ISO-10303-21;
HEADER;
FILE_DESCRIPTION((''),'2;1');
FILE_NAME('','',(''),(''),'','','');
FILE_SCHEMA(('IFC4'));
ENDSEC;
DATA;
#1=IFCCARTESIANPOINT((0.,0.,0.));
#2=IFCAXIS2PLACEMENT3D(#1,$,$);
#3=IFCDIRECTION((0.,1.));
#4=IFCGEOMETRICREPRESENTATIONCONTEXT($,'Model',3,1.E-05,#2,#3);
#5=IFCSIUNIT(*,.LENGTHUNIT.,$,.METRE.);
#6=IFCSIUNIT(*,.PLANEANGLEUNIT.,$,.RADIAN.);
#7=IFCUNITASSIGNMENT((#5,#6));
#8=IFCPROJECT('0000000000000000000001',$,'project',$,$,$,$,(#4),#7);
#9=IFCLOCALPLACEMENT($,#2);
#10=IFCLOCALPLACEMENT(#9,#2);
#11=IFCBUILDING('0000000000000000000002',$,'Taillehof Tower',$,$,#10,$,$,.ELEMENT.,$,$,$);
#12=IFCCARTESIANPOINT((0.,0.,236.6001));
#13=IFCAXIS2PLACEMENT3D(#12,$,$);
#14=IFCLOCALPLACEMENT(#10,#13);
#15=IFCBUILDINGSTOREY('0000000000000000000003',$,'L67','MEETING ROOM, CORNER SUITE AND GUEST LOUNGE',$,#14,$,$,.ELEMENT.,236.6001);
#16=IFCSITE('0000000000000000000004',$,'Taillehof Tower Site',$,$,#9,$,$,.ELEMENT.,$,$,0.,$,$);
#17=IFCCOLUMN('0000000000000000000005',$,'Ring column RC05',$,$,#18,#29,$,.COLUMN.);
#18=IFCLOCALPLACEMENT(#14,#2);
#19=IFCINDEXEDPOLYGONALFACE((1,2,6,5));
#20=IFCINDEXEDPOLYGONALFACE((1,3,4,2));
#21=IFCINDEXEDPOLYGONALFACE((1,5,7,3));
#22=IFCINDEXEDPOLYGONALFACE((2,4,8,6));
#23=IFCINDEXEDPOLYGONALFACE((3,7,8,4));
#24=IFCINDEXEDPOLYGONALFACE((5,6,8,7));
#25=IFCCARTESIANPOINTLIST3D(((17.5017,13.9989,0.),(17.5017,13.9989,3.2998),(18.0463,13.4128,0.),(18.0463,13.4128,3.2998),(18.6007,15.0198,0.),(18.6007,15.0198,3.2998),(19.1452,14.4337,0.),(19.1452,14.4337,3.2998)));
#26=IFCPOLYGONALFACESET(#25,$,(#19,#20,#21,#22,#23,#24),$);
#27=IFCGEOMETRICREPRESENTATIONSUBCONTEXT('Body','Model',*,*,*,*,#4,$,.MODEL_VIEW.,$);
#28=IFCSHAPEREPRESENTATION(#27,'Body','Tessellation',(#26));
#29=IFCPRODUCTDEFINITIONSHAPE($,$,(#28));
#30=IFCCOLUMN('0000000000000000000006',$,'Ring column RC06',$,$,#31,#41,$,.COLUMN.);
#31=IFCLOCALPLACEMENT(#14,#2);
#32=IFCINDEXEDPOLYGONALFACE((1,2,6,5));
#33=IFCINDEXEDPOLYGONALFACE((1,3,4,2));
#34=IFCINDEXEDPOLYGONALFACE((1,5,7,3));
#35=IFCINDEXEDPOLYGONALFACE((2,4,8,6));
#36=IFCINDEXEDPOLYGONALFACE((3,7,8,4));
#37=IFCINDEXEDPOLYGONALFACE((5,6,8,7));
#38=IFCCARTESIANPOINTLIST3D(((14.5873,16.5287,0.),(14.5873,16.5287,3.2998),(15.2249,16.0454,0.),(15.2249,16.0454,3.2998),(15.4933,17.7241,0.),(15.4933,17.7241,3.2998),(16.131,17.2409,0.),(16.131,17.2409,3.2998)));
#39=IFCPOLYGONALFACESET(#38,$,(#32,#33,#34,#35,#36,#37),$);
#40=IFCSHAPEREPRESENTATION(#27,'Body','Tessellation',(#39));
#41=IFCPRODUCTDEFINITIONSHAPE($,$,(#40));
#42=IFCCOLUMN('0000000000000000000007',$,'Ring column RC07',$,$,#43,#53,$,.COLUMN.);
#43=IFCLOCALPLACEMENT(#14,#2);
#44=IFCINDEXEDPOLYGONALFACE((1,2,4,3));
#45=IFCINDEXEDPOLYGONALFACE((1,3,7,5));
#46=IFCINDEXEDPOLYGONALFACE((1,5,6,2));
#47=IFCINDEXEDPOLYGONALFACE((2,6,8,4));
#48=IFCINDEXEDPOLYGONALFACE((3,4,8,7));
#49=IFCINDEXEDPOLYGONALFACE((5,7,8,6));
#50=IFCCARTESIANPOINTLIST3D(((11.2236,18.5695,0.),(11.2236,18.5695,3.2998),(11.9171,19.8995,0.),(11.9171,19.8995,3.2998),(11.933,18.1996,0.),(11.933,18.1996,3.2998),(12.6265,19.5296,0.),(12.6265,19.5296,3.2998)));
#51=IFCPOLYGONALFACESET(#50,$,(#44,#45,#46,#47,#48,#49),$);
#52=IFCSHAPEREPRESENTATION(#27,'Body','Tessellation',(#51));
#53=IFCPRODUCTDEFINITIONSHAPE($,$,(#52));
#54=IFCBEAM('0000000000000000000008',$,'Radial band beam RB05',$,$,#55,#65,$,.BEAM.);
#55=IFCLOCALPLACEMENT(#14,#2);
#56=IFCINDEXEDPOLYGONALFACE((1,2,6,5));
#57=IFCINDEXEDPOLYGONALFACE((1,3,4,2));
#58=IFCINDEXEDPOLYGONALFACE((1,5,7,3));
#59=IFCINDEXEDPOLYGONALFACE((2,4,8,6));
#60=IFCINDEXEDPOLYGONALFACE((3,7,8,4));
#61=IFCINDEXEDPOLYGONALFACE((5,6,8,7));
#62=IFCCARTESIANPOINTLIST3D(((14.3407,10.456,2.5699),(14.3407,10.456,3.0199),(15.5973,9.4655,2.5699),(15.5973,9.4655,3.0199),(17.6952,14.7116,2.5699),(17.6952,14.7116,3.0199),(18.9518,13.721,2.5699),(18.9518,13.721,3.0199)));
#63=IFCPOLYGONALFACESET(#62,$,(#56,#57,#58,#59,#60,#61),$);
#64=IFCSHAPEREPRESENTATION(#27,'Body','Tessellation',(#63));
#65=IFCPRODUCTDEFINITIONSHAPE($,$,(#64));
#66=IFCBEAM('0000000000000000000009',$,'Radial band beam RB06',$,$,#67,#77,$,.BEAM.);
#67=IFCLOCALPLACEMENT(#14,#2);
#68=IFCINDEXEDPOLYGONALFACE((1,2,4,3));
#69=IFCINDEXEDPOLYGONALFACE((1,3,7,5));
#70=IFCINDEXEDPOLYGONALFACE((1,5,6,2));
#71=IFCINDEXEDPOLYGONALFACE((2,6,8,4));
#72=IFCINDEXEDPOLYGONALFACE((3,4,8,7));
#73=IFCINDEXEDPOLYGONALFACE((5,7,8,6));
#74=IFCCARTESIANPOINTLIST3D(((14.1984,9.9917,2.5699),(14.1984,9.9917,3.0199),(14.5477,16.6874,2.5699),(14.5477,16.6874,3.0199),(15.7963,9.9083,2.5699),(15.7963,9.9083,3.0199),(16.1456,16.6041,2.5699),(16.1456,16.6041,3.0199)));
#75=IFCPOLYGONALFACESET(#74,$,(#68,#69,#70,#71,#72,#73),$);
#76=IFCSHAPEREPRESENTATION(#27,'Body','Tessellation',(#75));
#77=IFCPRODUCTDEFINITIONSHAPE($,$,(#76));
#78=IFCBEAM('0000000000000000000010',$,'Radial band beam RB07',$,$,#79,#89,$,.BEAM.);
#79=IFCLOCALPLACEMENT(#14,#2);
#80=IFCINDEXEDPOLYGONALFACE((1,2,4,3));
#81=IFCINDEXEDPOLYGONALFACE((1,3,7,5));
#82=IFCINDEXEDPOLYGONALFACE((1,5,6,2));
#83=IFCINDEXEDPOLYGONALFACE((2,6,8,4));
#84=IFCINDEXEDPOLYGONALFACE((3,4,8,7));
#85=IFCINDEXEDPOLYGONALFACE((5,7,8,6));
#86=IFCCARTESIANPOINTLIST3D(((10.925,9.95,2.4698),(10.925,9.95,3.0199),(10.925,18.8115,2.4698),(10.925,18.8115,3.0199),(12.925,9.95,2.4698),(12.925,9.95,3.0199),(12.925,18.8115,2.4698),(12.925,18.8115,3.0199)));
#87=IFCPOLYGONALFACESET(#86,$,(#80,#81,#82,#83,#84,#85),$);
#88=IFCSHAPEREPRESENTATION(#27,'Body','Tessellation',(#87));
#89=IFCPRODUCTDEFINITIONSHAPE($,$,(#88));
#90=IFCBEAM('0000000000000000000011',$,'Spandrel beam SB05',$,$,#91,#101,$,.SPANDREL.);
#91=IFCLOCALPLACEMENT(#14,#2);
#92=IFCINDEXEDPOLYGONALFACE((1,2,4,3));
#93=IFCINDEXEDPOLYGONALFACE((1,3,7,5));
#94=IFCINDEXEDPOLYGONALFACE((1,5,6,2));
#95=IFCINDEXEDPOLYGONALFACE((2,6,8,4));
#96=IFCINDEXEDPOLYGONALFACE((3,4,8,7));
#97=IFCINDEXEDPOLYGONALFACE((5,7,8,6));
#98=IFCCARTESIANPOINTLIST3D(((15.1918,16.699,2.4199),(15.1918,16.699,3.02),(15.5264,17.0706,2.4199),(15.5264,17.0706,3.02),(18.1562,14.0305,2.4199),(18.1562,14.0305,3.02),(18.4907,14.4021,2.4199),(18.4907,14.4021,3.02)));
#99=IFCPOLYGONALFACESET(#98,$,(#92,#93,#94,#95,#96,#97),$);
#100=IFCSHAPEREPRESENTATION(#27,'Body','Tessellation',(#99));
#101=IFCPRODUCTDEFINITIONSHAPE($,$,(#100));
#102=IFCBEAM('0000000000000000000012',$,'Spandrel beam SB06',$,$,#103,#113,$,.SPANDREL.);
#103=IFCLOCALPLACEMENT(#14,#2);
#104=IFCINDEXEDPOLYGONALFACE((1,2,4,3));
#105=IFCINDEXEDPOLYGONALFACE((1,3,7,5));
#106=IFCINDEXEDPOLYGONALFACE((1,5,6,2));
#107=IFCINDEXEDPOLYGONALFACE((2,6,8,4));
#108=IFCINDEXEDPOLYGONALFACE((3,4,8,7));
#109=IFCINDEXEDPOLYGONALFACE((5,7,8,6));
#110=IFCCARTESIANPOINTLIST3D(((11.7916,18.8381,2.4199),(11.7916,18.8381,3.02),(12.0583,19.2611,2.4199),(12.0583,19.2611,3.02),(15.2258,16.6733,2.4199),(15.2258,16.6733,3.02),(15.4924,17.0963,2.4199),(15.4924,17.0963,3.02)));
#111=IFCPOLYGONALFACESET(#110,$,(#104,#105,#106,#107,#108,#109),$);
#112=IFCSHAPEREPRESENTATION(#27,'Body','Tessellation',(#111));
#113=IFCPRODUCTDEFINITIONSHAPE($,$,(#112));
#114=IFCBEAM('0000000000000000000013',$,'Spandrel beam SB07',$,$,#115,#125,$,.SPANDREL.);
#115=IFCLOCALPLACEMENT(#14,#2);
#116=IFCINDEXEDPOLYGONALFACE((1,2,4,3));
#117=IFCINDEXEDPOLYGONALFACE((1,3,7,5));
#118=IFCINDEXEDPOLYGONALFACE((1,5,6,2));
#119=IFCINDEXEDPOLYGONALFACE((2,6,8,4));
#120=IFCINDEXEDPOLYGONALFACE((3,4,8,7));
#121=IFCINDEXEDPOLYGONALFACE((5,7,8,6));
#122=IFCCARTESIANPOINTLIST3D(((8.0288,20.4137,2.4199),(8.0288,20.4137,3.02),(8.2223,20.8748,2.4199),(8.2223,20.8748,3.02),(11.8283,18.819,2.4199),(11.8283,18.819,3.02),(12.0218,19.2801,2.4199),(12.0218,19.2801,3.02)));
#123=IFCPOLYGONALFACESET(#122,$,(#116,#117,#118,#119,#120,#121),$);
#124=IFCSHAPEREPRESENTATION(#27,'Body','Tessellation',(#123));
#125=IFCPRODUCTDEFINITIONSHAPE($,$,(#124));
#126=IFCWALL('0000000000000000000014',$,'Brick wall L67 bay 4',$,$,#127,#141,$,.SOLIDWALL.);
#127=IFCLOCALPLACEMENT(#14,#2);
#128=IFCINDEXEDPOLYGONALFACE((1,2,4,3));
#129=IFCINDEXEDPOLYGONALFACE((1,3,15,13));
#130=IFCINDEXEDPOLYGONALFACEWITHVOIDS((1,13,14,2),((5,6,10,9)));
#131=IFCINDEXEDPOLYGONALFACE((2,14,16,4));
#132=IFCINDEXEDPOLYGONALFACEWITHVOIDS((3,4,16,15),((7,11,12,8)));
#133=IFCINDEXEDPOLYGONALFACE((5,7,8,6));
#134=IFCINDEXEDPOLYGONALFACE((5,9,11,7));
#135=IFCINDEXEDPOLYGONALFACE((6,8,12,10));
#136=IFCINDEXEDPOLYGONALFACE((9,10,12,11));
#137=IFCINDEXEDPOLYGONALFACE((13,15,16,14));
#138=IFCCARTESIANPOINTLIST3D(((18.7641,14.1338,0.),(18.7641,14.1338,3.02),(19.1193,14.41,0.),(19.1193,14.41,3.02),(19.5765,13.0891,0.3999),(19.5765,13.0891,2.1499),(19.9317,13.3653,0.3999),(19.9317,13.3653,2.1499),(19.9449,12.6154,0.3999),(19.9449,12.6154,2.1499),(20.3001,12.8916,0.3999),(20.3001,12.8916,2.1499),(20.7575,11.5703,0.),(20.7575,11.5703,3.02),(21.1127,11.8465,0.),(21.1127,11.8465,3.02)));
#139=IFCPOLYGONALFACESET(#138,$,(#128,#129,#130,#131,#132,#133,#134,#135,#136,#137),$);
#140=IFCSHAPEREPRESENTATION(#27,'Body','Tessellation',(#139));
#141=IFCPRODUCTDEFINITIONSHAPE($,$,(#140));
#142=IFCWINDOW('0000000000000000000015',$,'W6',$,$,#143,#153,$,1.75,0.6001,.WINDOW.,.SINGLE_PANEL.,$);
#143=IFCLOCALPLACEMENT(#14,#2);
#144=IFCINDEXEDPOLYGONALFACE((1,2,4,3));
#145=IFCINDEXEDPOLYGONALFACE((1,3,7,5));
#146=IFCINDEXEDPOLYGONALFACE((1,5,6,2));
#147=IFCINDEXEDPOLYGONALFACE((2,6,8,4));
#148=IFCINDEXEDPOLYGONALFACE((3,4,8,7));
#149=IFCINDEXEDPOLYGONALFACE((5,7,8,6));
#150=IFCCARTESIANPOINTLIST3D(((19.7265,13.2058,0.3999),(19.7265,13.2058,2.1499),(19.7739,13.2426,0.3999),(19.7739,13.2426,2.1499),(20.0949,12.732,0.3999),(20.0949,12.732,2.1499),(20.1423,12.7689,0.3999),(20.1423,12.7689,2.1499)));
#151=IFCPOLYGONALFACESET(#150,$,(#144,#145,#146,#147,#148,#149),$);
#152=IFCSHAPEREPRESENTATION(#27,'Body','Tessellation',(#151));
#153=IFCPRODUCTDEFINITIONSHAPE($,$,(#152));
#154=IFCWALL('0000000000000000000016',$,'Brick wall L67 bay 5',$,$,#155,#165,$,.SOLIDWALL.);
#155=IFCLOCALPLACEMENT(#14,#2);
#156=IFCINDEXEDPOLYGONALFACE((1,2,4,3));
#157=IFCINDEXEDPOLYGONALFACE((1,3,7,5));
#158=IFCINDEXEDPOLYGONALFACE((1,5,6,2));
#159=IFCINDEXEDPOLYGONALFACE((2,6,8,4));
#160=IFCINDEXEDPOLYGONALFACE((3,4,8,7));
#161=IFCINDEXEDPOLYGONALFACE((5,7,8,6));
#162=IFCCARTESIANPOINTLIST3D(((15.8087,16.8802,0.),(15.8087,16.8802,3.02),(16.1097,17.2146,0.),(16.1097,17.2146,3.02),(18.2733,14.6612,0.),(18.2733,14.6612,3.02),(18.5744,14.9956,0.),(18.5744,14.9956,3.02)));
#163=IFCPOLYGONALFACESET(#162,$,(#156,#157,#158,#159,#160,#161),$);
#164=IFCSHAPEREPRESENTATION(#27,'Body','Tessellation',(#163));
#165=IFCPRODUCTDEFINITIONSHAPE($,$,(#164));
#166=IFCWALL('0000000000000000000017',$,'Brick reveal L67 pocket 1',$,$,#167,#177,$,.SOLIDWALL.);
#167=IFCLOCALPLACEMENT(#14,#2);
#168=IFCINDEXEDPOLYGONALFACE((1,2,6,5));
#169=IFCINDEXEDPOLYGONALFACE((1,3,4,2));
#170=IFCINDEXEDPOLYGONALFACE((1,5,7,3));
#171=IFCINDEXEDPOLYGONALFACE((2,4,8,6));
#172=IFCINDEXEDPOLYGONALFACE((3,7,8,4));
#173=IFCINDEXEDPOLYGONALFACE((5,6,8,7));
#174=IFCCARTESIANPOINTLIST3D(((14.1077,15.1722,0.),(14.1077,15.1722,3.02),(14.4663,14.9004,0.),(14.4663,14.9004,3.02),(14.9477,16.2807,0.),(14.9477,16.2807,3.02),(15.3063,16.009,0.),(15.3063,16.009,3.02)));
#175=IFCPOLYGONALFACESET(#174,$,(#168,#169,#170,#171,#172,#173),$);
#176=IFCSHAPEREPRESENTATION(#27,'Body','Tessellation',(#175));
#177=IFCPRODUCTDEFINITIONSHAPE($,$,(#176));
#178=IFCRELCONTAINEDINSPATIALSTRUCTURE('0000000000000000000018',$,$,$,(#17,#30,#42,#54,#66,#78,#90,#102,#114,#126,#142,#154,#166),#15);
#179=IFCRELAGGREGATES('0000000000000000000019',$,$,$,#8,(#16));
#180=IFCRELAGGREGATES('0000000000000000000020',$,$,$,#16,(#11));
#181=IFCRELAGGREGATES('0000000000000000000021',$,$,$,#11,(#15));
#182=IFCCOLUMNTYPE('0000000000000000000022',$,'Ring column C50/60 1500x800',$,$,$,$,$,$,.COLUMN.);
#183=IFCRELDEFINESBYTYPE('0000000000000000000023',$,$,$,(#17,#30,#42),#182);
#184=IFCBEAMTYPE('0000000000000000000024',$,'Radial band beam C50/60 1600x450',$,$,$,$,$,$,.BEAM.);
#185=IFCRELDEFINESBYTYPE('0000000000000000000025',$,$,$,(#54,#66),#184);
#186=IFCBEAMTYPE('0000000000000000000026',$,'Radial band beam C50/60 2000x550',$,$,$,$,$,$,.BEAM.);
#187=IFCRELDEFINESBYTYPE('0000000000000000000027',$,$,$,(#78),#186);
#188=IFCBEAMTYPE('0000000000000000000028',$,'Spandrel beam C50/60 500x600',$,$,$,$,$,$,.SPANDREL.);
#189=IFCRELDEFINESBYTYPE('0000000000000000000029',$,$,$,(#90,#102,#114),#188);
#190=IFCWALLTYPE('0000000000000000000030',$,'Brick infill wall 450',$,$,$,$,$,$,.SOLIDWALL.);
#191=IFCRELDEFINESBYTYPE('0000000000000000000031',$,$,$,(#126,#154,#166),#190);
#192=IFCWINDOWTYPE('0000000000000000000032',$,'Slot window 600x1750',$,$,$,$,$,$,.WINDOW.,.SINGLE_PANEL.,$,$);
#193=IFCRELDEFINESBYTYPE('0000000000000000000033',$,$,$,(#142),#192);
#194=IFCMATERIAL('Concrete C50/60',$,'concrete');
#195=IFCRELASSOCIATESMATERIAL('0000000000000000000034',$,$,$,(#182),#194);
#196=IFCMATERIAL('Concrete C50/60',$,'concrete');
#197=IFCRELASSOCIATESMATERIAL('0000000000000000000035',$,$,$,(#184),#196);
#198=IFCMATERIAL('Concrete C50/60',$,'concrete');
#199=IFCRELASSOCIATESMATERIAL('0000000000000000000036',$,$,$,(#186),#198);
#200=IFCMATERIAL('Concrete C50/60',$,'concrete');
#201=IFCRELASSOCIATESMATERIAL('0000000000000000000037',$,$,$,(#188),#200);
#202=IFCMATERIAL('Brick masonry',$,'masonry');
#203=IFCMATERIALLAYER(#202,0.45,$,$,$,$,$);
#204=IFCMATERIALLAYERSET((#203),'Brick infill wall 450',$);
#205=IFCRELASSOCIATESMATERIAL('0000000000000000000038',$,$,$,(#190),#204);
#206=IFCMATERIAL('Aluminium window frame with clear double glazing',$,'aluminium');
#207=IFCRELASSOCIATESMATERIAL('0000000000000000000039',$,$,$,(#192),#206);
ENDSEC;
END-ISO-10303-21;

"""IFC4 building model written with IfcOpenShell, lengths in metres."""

from ifc_helpers import new_model, si_unit, direction, frame, frame_2d, origin, origin_2d, place, context, subcontext, project, spatial, rectangle, extrude, material, layer, layer_set, material_profile, profile_set, type_object, element, fill, save


model = new_model("IFC4")

# Units and contexts
model_context = context("Model", 3, precision=1e-05, world=origin(), true_north=direction((0.0, 1.0)))
body_context = subcontext(model_context, "Body", "Model", "MODEL_VIEW")
ifc_project = project(units=[si_unit("LENGTHUNIT", "METRE"), si_unit("PLANEANGLEUNIT", "RADIAN")], contexts=[model_context])

# Site, building, storey
site_placement = place(None, origin())
site = spatial("IfcSite", under=ifc_project, at=site_placement, Name="Taillehof Tower Site", CompositionType="ELEMENT", RefElevation=0.0)
building_placement = place(site_placement, origin())
building = spatial("IfcBuilding", under=site, at=building_placement, Name="Taillehof Tower", CompositionType="ELEMENT")
storey_placement = place(building_placement, frame((0.0, 0.0, 236.6001)))
storey = spatial("IfcBuildingStorey", under=building, at=storey_placement, Name="L67", Description="MEETING ROOM, CORNER SUITE AND GUEST LOUNGE", CompositionType="ELEMENT", Elevation=236.6001)

# Columns
ifc_material_1 = material(Name="Concrete C50/60", Category="concrete")
ifc_material_profile_1 = material_profile(ifc_material_1, rectangle(XDim=1.5, YDim=0.8, at=origin_2d()), Name="RC 1500x800")
ifc_profile_set_1 = profile_set([ifc_material_profile_1], Name="Concrete C50/60")
column_type = type_object("IfcColumnType", Name="Ring column C50/60 1500x800", PredefinedType="COLUMN", material=ifc_profile_set_1)
for number, where, z_axis, x_axis, name in (
    (1, (18.3235, 14.2163, 0.0), (0.0, 0.0, 1.0), (0.732636, 0.680621, 0.0), "Ring column RC05"),
    (2, (15.3591, 16.8848, 0.0), (0.0, 0.0, 1.0), (0.60402, 0.796969, 0.0), "Ring column RC06"),
    (3, (11.925, 19.0496, 0.0), (0.0, 0.0, 1.0), (0.462384, 0.88668, 0.0), "Ring column RC07"),
):
    element("IfcColumn", number, at=place(storey_placement, frame(where, z_axis=z_axis, x_axis=x_axis)), inside=storey, type_object=column_type, Name=name, PredefinedType="COLUMN", context=body_context, shape_type="SweptSolid", body=[
        extrude(rectangle(XDim=1.5, YDim=0.8, at=origin_2d()), origin(), (0.0, 0.0, 1.0), 3.2998),
    ])

# Beams
ifc_material_2 = material(Name="Concrete C50/60", Category="concrete")
ifc_material_profile_2 = material_profile(ifc_material_2, rectangle(XDim=1.6001, YDim=0.45, at=origin_2d()), Name="RC 1600x450")
ifc_profile_set_2 = profile_set([ifc_material_profile_2], Name="Concrete C50/60")
beam_type_1 = type_object("IfcBeamType", Name="Radial band beam C50/60 1600x450", PredefinedType="BEAM", material=ifc_profile_set_2)
beam_1_placement = place(storey_placement, frame((18.3235, 14.2163, 2.7949), z_axis=(-0.619052, -0.78535, 0.0), x_axis=(0.78535, -0.619052, 0.0)))
element("IfcBeam", 4, at=beam_1_placement, inside=storey, type_object=beam_type_1, Name="Radial band beam RB05", PredefinedType="BEAM", context=body_context, shape_type="SweptSolid", body=[
    extrude(rectangle(XDim=1.6001, YDim=0.45, at=origin_2d()), origin(), (0.0, 0.0, 1.0), 5.4187),
])
beam_2_placement = place(storey_placement, frame((15.3467, 16.6458, 2.7949), z_axis=(-0.052106, -0.998642, 0.0), x_axis=(0.998642, -0.052106, 0.0)))
element("IfcBeam", 5, at=beam_2_placement, inside=storey, type_object=beam_type_1, Name="Radial band beam RB06", PredefinedType="BEAM", context=body_context, shape_type="SweptSolid", body=[
    extrude(rectangle(XDim=1.6001, YDim=0.45, at=origin_2d()), origin(), (0.0, 0.0, 1.0), 6.7048),
])
ifc_material_3 = material(Name="Concrete C50/60", Category="concrete")
ifc_material_profile_3 = material_profile(ifc_material_3, rectangle(XDim=2.0, YDim=0.55, at=origin_2d()), Name="RC 2000x550")
ifc_profile_set_3 = profile_set([ifc_material_profile_3], Name="Concrete C50/60")
beam_type_2 = type_object("IfcBeamType", Name="Radial band beam C50/60 2000x550", PredefinedType="BEAM", material=ifc_profile_set_3)
beam_3_placement = place(storey_placement, frame((11.925, 18.8115, 2.7449), z_axis=(0.0, -1.0, 0.0), x_axis=(1.0, 0.0, 0.0)))
element("IfcBeam", 6, at=beam_3_placement, inside=storey, type_object=beam_type_2, Name="Radial band beam RB07", PredefinedType="BEAM", context=body_context, shape_type="SweptSolid", body=[
    extrude(rectangle(XDim=2.0, YDim=0.55, at=origin_2d()), origin(), (0.0, 0.0, 1.0), 8.8616),
])
ifc_material_4 = material(Name="Concrete C50/60", Category="concrete")
ifc_material_profile_4 = material_profile(ifc_material_4, rectangle(XDim=0.5, YDim=0.6001, at=origin_2d()), Name="RC 500x600")
ifc_profile_set_4 = profile_set([ifc_material_profile_4], Name="Concrete C50/60")
beam_type_3 = type_object("IfcBeamType", Name="Spandrel beam C50/60 500x600", PredefinedType="SPANDREL", material=ifc_profile_set_4)
beam_4_placement = place(storey_placement, frame((18.3235, 14.2163, 2.72), z_axis=(-0.743227, 0.669039, 0.0), x_axis=(-0.669039, -0.743227, 0.0)))
element("IfcBeam", 7, at=beam_4_placement, inside=storey, type_object=beam_type_3, Name="Spandrel beam SB05", PredefinedType="SPANDREL", context=body_context, shape_type="SweptSolid", body=[
    extrude(rectangle(XDim=0.5, YDim=0.6001, at=origin_2d()), origin(), (0.0, 0.0, 1.0), 3.9885),
])
beam_5_placement = place(storey_placement, frame((15.3591, 16.8848, 2.72), z_axis=(-0.845944, 0.533271, 0.0), x_axis=(-0.533271, -0.845944, 0.0)))
element("IfcBeam", 8, at=beam_5_placement, inside=storey, type_object=beam_type_3, Name="Spandrel beam SB06", PredefinedType="SPANDREL", context=body_context, shape_type="SweptSolid", body=[
    extrude(rectangle(XDim=0.5, YDim=0.6001, at=origin_2d()), origin(), (0.0, 0.0, 1.0), 4.0596),
])
beam_6_placement = place(storey_placement, frame((11.925, 19.0496, 2.72), z_axis=(-0.922076, 0.387008, 0.0), x_axis=(-0.387008, -0.922076, 0.0)))
element("IfcBeam", 9, at=beam_6_placement, inside=storey, type_object=beam_type_3, Name="Spandrel beam SB07", PredefinedType="SPANDREL", context=body_context, shape_type="SweptSolid", body=[
    extrude(rectangle(XDim=0.5, YDim=0.6001, at=origin_2d()), origin(), (0.0, 0.0, 1.0), 4.1206),
])

# Wall, opening, window
ifc_material_5 = material(Name="Brick masonry", Category="masonry")
ifc_layer_1 = layer(ifc_material_5, 0.45)
ifc_layer_set_1 = layer_set([ifc_layer_1], Name="Brick infill wall 450")
wall_type_1 = type_object("IfcWallType", Name="Brick infill wall 450", PredefinedType="SOLIDWALL", material=ifc_layer_set_1)
wall_1_placement = place(storey_placement, frame((20.9351, 11.7085, 0.0), z_axis=(0.0, 0.0, 1.0), x_axis=(-0.613863, 0.789413, 0.0)))
wall_1 = element("IfcWall", 10, at=wall_1_placement, inside=storey, type_object=wall_type_1, Name="Brick wall L67 bay 4", PredefinedType="SOLIDWALL", context=body_context, shape_type="SweptSolid", body=[
    extrude(rectangle(XDim=3.2473, YDim=0.45, at=frame_2d((1.6235, 0.0))), origin(), (0.0, 0.0, 1.0), 3.02),
])
opening_1_placement = place(wall_1_placement, frame((1.3237, 0.0, 0.3999)))
opening_1 = element("IfcOpeningElement", 11, at=opening_1_placement, cuts=wall_1, PredefinedType="OPENING", context=body_context, shape_type="SweptSolid", body=[
    extrude(rectangle(XDim=0.6001, YDim=1.75, at=frame_2d((0.3, 0.875))), frame((0.0, 0.2349, 0.0), z_axis=(0.0, -1.0, 0.0), x_axis=(1.0, 0.0, 0.0)), (0.0, 0.0, 1.0), 0.47),
])
ifc_material_6 = material(Name="Aluminium window frame with clear double glazing", Category="aluminium")
window_type_1 = type_object("IfcWindowType", Name="Slot window 600x1750", PartitioningType="SINGLE_PANEL", PredefinedType="WINDOW", material=ifc_material_6)
window_1_placement = place(opening_1_placement, origin())
window_1 = element("IfcWindow", 12, at=window_1_placement, inside=storey, type_object=window_type_1, Name="W6", OverallHeight=1.75, OverallWidth=0.6001, PartitioningType="SINGLE_PANEL", PredefinedType="WINDOW", context=body_context, shape_type="SweptSolid", body=[
    extrude(rectangle(XDim=0.6001, YDim=1.75, at=frame_2d((0.3, 0.875))), frame((0.0, 0.0349, 0.0), z_axis=(0.0, -1.0, 0.0), x_axis=(1.0, 0.0, 0.0)), (0.0, 0.0, 1.0), 0.0601),
])
fill(opening_1, window_1)

# Walls
wall_2_placement = place(storey_placement, frame((18.4238, 14.8284, 0.0), z_axis=(0.0, 0.0, 1.0), x_axis=(-0.743166, 0.669107, 0.0)))
element("IfcWall", 13, at=wall_2_placement, inside=storey, type_object=wall_type_1, Name="Brick wall L67 bay 5", PredefinedType="SOLIDWALL", context=body_context, shape_type="SweptSolid", body=[
    extrude(rectangle(XDim=3.3164, YDim=0.45, at=frame_2d((1.6582, 0.0))), origin(), (0.0, 0.0, 1.0), 3.02),
])
wall_3_placement = place(storey_placement, frame((15.127, 16.1448, 0.0), z_axis=(0.0, 0.0, 1.0), x_axis=(-0.603952, -0.79702, 0.0)))
element("IfcWall", 14, at=wall_3_placement, inside=storey, type_object=wall_type_1, Name="Brick reveal L67 pocket 1", PredefinedType="SOLIDWALL", context=body_context, shape_type="SweptSolid", body=[
    extrude(rectangle(XDim=1.3909, YDim=0.45, at=frame_2d((0.6953, 0.0))), origin(), (0.0, 0.0, 1.0), 3.02),
])

save(model, "model.ifc")
